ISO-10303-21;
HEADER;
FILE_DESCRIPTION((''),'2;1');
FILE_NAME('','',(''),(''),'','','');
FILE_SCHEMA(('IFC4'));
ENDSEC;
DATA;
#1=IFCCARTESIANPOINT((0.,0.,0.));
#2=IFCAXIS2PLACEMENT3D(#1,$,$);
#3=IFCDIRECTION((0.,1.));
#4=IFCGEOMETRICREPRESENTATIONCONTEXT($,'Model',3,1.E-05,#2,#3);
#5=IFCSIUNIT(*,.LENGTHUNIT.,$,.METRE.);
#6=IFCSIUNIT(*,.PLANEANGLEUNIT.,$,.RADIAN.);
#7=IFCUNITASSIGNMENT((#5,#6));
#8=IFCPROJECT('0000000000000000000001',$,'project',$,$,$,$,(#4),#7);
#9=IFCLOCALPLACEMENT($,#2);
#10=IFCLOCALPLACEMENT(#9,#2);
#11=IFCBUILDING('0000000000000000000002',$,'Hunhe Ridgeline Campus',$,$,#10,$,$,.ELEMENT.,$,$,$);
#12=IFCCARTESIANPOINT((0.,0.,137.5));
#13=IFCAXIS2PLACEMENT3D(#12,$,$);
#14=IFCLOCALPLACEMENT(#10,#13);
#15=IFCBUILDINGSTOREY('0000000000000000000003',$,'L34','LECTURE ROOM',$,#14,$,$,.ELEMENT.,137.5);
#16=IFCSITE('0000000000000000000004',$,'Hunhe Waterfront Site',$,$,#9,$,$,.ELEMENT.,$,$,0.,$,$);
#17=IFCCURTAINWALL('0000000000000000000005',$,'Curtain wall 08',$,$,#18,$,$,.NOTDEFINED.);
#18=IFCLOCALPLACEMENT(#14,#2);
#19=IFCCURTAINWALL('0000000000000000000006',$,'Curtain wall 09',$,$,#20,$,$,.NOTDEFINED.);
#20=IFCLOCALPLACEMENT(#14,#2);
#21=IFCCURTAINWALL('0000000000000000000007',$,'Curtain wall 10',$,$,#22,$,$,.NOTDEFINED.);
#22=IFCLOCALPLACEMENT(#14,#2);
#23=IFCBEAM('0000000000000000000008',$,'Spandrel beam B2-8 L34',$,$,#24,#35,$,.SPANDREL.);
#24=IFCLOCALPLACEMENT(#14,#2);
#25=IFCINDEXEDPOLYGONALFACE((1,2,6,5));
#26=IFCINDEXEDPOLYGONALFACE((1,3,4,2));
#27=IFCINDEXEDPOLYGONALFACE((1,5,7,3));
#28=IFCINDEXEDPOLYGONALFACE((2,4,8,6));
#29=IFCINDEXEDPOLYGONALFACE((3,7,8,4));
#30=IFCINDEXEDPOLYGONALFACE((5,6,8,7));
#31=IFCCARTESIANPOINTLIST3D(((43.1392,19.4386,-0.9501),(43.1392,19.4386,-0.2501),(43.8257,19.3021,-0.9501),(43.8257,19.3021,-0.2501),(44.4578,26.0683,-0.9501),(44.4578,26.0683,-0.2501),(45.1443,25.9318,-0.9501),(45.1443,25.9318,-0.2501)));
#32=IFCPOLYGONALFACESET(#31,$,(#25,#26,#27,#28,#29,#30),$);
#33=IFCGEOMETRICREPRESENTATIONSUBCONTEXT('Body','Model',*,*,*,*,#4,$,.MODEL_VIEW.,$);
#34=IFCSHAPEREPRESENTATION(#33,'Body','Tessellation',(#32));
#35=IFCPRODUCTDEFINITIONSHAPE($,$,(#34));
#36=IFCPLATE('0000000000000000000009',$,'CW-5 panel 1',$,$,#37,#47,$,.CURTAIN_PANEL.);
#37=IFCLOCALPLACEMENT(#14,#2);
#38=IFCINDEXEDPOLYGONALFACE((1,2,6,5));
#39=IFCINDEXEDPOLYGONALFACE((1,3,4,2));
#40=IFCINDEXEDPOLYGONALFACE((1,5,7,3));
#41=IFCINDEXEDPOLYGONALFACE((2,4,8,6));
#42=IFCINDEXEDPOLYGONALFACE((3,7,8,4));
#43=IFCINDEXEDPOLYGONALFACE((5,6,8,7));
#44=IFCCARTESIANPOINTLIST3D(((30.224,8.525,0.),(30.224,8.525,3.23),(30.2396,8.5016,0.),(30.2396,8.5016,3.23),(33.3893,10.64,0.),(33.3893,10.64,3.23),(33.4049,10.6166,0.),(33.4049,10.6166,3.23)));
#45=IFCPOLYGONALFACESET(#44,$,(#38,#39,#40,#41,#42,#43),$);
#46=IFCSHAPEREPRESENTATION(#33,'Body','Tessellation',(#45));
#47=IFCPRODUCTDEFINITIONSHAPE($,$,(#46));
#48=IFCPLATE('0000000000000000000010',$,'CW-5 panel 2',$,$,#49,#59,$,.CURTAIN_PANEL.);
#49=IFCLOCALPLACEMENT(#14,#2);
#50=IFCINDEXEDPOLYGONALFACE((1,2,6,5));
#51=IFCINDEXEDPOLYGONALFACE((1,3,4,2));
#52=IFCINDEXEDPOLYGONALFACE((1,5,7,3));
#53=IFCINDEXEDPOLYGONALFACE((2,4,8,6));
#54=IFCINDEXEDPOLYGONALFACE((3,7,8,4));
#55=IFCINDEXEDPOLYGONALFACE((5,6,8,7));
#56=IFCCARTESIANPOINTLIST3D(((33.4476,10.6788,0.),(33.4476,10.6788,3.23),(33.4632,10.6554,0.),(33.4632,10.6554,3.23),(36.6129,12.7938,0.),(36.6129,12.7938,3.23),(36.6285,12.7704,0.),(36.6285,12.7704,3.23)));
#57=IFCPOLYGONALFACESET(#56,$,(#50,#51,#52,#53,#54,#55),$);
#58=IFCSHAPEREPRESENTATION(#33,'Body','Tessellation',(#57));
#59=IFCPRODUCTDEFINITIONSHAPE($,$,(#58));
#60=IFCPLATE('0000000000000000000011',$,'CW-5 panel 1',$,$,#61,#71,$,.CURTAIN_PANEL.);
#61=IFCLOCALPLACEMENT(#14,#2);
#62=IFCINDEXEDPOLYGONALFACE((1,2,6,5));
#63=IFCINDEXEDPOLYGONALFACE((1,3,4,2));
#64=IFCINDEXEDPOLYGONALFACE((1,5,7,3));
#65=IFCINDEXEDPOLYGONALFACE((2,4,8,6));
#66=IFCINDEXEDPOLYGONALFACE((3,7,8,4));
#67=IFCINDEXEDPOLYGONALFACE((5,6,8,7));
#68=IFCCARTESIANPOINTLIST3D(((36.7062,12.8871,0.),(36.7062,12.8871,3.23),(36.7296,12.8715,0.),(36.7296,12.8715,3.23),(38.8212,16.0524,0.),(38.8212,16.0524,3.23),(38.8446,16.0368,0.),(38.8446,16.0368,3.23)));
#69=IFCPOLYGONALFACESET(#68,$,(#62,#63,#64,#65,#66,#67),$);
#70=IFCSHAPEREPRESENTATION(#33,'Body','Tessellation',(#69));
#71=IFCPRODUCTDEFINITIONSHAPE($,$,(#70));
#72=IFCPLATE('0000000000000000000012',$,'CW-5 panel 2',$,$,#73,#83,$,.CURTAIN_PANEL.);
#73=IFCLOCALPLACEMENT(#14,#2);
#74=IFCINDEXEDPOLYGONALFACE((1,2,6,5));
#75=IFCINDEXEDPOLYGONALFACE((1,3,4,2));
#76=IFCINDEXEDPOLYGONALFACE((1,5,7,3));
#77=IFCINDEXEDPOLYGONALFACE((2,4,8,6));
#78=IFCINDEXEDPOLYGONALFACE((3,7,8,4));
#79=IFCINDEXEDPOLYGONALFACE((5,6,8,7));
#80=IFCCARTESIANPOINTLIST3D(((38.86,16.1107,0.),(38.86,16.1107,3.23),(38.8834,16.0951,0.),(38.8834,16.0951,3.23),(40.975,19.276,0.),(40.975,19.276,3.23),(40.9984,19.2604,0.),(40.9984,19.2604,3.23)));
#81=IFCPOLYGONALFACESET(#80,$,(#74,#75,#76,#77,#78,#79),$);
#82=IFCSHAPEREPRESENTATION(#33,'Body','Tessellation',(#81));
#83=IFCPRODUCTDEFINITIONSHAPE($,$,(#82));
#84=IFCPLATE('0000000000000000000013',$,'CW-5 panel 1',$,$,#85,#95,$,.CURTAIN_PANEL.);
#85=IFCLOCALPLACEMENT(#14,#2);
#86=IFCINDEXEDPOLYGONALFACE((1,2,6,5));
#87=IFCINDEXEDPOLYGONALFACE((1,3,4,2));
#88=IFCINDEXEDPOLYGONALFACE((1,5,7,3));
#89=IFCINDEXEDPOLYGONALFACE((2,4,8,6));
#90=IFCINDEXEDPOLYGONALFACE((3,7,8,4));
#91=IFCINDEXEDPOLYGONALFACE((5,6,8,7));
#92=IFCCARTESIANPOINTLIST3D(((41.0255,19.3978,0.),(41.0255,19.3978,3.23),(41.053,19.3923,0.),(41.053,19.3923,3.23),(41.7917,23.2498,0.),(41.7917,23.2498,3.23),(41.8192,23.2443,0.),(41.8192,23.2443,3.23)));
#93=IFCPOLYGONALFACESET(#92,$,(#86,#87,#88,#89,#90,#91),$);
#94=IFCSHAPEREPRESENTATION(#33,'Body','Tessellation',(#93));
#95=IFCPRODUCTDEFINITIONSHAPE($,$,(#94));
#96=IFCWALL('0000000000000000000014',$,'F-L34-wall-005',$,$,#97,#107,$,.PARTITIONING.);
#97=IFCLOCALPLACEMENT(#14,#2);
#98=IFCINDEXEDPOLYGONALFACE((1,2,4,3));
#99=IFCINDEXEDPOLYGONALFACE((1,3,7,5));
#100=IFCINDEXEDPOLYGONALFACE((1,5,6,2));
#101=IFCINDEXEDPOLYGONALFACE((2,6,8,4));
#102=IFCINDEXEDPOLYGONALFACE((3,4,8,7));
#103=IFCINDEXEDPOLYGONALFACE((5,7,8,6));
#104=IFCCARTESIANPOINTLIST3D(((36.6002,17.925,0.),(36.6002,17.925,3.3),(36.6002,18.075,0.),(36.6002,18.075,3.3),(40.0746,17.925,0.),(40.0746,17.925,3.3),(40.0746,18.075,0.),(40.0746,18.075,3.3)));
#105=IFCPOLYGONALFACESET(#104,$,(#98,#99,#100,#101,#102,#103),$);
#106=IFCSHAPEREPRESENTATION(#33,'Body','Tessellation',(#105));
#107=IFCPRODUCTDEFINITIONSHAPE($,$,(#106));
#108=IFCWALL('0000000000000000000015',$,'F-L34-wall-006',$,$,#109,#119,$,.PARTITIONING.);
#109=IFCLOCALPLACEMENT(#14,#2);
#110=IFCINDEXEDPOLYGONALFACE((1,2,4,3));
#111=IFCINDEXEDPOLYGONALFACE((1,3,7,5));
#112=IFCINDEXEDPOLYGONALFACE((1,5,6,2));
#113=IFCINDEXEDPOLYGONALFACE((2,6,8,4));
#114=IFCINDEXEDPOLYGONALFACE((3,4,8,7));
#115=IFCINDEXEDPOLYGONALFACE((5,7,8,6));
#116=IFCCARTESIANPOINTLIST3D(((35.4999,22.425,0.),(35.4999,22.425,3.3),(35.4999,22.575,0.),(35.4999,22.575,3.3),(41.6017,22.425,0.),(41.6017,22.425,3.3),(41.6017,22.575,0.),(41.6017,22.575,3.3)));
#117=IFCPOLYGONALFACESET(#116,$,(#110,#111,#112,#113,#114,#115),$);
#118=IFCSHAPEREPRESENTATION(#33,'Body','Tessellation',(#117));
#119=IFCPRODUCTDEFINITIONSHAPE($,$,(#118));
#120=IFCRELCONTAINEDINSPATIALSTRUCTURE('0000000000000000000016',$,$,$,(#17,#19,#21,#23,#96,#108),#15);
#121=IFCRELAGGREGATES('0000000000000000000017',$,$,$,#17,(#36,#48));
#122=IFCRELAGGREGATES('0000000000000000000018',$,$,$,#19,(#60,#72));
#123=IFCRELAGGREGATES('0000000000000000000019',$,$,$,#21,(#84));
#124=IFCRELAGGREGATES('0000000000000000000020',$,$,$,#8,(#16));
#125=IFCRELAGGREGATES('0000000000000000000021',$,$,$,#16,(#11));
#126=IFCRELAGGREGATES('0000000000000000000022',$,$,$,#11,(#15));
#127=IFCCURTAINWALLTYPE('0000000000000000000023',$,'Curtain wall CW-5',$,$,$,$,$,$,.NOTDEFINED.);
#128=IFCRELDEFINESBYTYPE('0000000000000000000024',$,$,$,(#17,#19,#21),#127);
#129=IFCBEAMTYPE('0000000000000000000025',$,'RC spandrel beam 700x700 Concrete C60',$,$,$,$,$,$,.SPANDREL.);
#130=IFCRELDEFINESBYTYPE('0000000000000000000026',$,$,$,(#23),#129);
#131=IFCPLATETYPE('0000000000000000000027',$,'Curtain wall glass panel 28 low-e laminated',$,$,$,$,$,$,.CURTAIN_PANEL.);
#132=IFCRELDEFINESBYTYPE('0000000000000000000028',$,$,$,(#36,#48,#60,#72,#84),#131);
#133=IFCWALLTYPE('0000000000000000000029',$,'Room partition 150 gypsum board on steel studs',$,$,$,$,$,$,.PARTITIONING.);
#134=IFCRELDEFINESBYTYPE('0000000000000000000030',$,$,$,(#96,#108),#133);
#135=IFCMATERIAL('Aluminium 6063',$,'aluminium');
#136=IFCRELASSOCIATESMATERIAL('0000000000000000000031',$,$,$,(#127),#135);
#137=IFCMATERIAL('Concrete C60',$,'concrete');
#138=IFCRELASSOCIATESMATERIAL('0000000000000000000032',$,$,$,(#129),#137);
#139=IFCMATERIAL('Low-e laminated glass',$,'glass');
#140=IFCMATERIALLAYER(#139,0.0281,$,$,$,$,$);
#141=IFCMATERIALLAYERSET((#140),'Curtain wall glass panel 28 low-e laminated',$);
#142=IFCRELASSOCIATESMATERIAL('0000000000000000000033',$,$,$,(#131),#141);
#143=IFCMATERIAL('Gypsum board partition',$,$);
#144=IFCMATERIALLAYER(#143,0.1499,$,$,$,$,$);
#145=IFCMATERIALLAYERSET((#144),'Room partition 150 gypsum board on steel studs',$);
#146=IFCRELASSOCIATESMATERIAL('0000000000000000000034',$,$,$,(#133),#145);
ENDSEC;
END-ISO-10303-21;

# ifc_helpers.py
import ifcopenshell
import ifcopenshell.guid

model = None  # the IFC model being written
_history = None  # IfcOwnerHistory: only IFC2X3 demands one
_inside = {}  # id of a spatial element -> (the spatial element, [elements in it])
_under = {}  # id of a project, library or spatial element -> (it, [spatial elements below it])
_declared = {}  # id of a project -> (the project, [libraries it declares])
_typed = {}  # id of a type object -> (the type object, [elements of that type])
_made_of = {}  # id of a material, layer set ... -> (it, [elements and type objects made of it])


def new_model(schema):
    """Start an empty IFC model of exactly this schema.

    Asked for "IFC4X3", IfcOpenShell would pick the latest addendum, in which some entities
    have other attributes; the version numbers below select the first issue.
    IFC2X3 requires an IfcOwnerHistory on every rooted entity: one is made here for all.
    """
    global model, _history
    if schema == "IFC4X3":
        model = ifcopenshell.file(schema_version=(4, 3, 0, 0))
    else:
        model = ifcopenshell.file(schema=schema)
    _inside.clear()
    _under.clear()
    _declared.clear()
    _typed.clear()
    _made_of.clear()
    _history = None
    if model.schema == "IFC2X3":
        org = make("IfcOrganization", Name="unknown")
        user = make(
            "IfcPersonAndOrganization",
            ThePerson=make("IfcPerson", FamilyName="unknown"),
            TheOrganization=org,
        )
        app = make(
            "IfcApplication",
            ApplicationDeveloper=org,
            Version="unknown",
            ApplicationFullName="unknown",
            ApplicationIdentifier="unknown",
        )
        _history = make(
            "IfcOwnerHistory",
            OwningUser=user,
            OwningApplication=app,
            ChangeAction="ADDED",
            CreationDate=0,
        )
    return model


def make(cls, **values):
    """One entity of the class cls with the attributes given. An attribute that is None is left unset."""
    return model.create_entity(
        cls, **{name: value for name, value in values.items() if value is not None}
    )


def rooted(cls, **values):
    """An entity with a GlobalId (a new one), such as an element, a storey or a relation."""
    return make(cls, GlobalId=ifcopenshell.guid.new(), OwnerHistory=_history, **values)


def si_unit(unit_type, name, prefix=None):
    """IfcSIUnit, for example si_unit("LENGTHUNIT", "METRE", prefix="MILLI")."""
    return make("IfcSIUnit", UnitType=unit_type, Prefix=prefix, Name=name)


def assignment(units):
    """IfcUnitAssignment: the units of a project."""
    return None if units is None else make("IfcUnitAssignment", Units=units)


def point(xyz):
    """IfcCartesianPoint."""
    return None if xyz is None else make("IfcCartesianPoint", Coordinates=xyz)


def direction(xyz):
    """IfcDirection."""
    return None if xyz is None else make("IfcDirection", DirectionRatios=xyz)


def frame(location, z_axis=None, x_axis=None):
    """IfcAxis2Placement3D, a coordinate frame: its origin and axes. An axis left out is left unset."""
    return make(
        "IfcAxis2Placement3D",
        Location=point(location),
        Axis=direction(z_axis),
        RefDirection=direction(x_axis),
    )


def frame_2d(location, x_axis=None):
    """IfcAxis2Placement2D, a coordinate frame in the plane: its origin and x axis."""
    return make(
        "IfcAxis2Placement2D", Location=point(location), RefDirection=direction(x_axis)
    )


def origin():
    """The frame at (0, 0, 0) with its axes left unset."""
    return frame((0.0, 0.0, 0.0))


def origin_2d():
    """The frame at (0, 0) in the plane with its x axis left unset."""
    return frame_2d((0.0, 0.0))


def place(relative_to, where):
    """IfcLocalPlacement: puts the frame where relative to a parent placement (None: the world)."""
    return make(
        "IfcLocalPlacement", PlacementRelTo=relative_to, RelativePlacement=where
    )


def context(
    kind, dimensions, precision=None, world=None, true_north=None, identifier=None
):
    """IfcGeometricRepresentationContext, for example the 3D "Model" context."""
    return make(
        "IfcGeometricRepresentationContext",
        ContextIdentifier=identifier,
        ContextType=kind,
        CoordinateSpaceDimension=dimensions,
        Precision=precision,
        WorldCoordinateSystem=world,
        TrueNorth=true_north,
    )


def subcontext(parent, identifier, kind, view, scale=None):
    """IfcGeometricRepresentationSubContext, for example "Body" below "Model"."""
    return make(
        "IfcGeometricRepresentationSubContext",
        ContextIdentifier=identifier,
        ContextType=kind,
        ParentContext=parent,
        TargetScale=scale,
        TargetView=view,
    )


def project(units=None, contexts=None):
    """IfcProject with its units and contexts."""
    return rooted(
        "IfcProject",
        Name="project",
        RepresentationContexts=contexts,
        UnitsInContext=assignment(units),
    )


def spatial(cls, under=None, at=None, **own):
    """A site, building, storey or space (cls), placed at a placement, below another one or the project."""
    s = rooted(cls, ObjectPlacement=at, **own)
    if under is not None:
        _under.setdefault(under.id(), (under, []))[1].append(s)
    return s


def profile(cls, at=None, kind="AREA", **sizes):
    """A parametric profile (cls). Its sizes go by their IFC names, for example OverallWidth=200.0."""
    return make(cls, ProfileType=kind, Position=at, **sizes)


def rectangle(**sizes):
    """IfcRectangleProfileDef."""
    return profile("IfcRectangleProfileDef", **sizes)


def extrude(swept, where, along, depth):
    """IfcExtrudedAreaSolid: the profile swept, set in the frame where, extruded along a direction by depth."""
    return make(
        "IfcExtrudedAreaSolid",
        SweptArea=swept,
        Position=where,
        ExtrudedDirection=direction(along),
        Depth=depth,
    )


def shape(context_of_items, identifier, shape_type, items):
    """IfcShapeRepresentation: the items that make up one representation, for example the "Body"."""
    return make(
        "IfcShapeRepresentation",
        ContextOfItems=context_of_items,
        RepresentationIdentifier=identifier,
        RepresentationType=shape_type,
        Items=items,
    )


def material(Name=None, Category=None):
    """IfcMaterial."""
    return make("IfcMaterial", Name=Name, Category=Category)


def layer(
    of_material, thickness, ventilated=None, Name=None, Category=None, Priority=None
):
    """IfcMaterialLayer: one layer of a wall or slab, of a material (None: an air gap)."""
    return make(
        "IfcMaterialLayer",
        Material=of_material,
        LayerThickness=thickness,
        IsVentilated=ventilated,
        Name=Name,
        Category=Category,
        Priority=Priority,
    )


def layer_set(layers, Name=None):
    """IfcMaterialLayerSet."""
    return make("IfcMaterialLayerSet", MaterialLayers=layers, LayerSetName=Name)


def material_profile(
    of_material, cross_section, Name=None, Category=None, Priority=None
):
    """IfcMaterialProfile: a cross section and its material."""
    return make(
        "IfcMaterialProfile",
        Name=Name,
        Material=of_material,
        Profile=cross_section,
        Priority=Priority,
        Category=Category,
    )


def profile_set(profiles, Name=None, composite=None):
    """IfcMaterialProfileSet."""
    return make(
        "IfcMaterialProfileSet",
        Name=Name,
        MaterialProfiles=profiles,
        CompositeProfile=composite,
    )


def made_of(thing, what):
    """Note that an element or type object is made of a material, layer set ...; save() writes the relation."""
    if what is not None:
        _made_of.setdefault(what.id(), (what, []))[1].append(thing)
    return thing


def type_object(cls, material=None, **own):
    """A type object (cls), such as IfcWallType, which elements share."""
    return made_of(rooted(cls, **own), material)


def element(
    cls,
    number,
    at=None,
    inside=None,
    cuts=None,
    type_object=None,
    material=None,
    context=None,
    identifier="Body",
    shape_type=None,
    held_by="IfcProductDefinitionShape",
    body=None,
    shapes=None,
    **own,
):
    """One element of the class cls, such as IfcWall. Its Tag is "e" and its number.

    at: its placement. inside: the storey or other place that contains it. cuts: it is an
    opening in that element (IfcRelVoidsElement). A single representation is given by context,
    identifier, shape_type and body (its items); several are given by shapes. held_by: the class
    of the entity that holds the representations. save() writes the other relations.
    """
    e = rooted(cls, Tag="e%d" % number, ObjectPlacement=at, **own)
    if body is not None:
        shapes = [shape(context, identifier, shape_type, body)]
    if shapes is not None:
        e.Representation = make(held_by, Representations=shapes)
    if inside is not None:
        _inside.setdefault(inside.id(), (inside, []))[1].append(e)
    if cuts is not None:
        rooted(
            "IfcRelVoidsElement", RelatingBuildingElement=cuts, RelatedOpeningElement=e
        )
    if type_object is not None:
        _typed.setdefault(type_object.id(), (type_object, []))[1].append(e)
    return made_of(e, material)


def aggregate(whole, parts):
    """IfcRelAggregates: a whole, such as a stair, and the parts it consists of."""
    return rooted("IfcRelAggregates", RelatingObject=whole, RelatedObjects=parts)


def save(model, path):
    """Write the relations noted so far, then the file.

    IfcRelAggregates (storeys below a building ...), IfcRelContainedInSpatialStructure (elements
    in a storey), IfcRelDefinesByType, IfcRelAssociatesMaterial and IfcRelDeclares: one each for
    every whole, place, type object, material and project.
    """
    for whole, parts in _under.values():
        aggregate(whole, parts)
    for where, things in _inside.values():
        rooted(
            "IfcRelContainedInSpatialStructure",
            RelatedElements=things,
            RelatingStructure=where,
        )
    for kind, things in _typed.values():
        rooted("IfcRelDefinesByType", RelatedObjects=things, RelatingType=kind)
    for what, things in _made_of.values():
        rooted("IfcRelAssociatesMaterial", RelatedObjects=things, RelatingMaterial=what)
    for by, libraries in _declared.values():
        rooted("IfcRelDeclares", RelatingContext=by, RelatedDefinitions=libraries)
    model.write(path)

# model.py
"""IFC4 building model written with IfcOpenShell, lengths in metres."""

from ifc_helpers import new_model, si_unit, direction, frame, frame_2d, origin, origin_2d, place, context, subcontext, project, spatial, rectangle, extrude, material, layer, layer_set, material_profile, profile_set, type_object, element, aggregate, save


model = new_model("IFC4")

# Units and contexts
model_context = context("Model", 3, precision=1e-05, world=origin(), true_north=direction((0.0, 1.0)))
body_context = subcontext(model_context, "Body", "Model", "MODEL_VIEW")
ifc_project = project(units=[si_unit("LENGTHUNIT", "METRE"), si_unit("PLANEANGLEUNIT", "RADIAN")], contexts=[model_context])

# Site, building, storey
site_placement = place(None, origin())
site = spatial("IfcSite", under=ifc_project, at=site_placement, Name="Hunhe Waterfront Site", CompositionType="ELEMENT", RefElevation=0.0)
building_placement = place(site_placement, origin())
building = spatial("IfcBuilding", under=site, at=building_placement, Name="Hunhe Ridgeline Campus", CompositionType="ELEMENT")
storey_placement = place(building_placement, frame((0.0, 0.0, 137.5)))
storey = spatial("IfcBuildingStorey", under=building, at=storey_placement, Name="L34", Description="LECTURE ROOM", CompositionType="ELEMENT", Elevation=137.5)

# Curtain walls
ifc_material_1 = material(Name="Aluminium 6063", Category="aluminium")
curtain_wall_type = type_object("IfcCurtainWallType", Name="Curtain wall CW-5", PredefinedType="NOTDEFINED", material=ifc_material_1)
curtain_wall_1_placement = place(storey_placement, origin())
curtain_wall_1 = element("IfcCurtainWall", 1, at=curtain_wall_1_placement, inside=storey, type_object=curtain_wall_type, Name="Curtain wall 08", PredefinedType="NOTDEFINED")
curtain_wall_2_placement = place(storey_placement, origin())
curtain_wall_2 = element("IfcCurtainWall", 2, at=curtain_wall_2_placement, inside=storey, type_object=curtain_wall_type, Name="Curtain wall 09", PredefinedType="NOTDEFINED")

# Curtain wall
curtain_wall_3_placement = place(storey_placement, origin())
curtain_wall_3 = element("IfcCurtainWall", 3, at=curtain_wall_3_placement, inside=storey, type_object=curtain_wall_type, Name="Curtain wall 10", PredefinedType="NOTDEFINED")

# Beam
ifc_material_2 = material(Name="Concrete C60", Category="concrete")
ifc_material_profile_1 = material_profile(ifc_material_2, rectangle(XDim=0.7, YDim=0.7, at=origin_2d()))
ifc_profile_set_1 = profile_set([ifc_material_profile_1], Name="Concrete C60")
beam_type = type_object("IfcBeamType", Name="RC spandrel beam 700x700 Concrete C60", PredefinedType="SPANDREL", material=ifc_profile_set_1)
beam_placement = place(storey_placement, frame((43.4824, 19.3704, -0.6001), z_axis=(0.195074, 0.980788, 0.0), x_axis=(-0.980788, 0.195074, 0.0)))
element("IfcBeam", 4, at=beam_placement, inside=storey, type_object=beam_type, Name="Spandrel beam B2-8 L34", PredefinedType="SPANDREL", context=body_context, shape_type="SweptSolid", body=[
    extrude(rectangle(XDim=0.7, YDim=0.7, at=origin_2d()), origin(), (0.0, 0.0, 1.0), 6.7595),
])

# Plates
ifc_material_3 = material(Name="Low-e laminated glass", Category="glass")
ifc_layer_1 = layer(ifc_material_3, 0.0281)
ifc_layer_set_1 = layer_set([ifc_layer_1], Name="Curtain wall glass panel 28 low-e laminated")
plate_type = type_object("IfcPlateType", Name="Curtain wall glass panel 28 low-e laminated", PredefinedType="CURTAIN_PANEL", material=ifc_layer_set_1)
plate_1_placement = place(storey_placement, frame((31.8145, 9.5708, 0.0), z_axis=(0.0, 0.0, 1.0), x_axis=(0.83147, 0.55557, 0.0)))
plate_1 = element("IfcPlate", 5, at=plate_1_placement, type_object=plate_type, Name="CW-5 panel 1", PredefinedType="CURTAIN_PANEL", context=body_context, shape_type="SweptSolid", body=[
    extrude(rectangle(XDim=3.8069, YDim=0.0281, at=origin_2d()), origin(), (0.0, 0.0, 1.0), 3.23),
])
plate_2_placement = place(storey_placement, frame((35.0381, 11.7246, 0.0), z_axis=(0.0, 0.0, 1.0), x_axis=(0.83147, 0.55557, 0.0)))
plate_2 = element("IfcPlate", 6, at=plate_2_placement, type_object=plate_type, Name="CW-5 panel 2", PredefinedType="CURTAIN_PANEL", context=body_context, shape_type="SweptSolid", body=[
    extrude(rectangle(XDim=3.8069, YDim=0.0281, at=origin_2d()), origin(), (0.0, 0.0, 1.0), 3.23),
])
aggregate(curtain_wall_1, [plate_1, plate_2])
plate_3_placement = place(storey_placement, frame((37.7754, 14.4619, 0.0), z_axis=(0.0, 0.0, 1.0), x_axis=(0.55557, 0.83147, 0.0)))
plate_3 = element("IfcPlate", 7, at=plate_3_placement, type_object=plate_type, Name="CW-5 panel 1", PredefinedType="CURTAIN_PANEL", context=body_context, shape_type="SweptSolid", body=[
    extrude(rectangle(XDim=3.8069, YDim=0.0281, at=origin_2d()), origin(), (0.0, 0.0, 1.0), 3.23),
])
plate_4_placement = place(storey_placement, frame((39.9292, 17.6855, 0.0), z_axis=(0.0, 0.0, 1.0), x_axis=(0.55557, 0.83147, 0.0)))
plate_4 = element("IfcPlate", 8, at=plate_4_placement, type_object=plate_type, Name="CW-5 panel 2", PredefinedType="CURTAIN_PANEL", context=body_context, shape_type="SweptSolid", body=[
    extrude(rectangle(XDim=3.8069, YDim=0.0281, at=origin_2d()), origin(), (0.0, 0.0, 1.0), 3.23),
])
aggregate(curtain_wall_2, [plate_3, plate_4])
plate_5_placement = place(storey_placement, frame((41.4224, 21.321, 0.0), z_axis=(0.0, 0.0, 1.0), x_axis=(0.19509, 0.980785, 0.0)))
plate_5 = element("IfcPlate", 9, at=plate_5_placement, type_object=plate_type, Name="CW-5 panel 1", PredefinedType="CURTAIN_PANEL", context=body_context, shape_type="SweptSolid", body=[
    extrude(rectangle(XDim=3.9275, YDim=0.0281, at=origin_2d()), origin(), (0.0, 0.0, 1.0), 3.23),
])
aggregate(curtain_wall_3, [plate_5])

# Shared definitions
ifc_material_4 = material(Name="Gypsum board partition")

# Walls
ifc_layer_2 = layer(ifc_material_4, 0.1499)
ifc_layer_set_2 = layer_set([ifc_layer_2], Name="Room partition 150 gypsum board on steel studs")
wall_type_1 = type_object("IfcWallType", Name="Room partition 150 gypsum board on steel studs", PredefinedType="PARTITIONING", material=ifc_layer_set_2)
wall_1_placement = place(storey_placement, frame((36.6001, 18.0, 0.0), z_axis=(0.0, 0.0, 1.0), x_axis=(1.0, 0.0, 0.0)))
element("IfcWall", 10, at=wall_1_placement, inside=storey, type_object=wall_type_1, Name="F-L34-wall-005", PredefinedType="PARTITIONING", context=body_context, shape_type="SweptSolid", body=[
    extrude(rectangle(XDim=3.4744, YDim=0.1499, at=frame_2d((1.7373, 0.0))), origin(), (0.0, 0.0, 1.0), 3.3),
])
wall_2_placement = place(storey_placement, frame((35.5, 22.5, 0.0), z_axis=(0.0, 0.0, 1.0), x_axis=(1.0, 0.0, 0.0)))
element("IfcWall", 11, at=wall_2_placement, inside=storey, type_object=wall_type_1, Name="F-L34-wall-006", PredefinedType="PARTITIONING", context=body_context, shape_type="SweptSolid", body=[
    extrude(rectangle(XDim=6.1018, YDim=0.1499, at=frame_2d((3.0508, 0.0))), origin(), (0.0, 0.0, 1.0), 3.3),
])

save(model, "model.ifc")
